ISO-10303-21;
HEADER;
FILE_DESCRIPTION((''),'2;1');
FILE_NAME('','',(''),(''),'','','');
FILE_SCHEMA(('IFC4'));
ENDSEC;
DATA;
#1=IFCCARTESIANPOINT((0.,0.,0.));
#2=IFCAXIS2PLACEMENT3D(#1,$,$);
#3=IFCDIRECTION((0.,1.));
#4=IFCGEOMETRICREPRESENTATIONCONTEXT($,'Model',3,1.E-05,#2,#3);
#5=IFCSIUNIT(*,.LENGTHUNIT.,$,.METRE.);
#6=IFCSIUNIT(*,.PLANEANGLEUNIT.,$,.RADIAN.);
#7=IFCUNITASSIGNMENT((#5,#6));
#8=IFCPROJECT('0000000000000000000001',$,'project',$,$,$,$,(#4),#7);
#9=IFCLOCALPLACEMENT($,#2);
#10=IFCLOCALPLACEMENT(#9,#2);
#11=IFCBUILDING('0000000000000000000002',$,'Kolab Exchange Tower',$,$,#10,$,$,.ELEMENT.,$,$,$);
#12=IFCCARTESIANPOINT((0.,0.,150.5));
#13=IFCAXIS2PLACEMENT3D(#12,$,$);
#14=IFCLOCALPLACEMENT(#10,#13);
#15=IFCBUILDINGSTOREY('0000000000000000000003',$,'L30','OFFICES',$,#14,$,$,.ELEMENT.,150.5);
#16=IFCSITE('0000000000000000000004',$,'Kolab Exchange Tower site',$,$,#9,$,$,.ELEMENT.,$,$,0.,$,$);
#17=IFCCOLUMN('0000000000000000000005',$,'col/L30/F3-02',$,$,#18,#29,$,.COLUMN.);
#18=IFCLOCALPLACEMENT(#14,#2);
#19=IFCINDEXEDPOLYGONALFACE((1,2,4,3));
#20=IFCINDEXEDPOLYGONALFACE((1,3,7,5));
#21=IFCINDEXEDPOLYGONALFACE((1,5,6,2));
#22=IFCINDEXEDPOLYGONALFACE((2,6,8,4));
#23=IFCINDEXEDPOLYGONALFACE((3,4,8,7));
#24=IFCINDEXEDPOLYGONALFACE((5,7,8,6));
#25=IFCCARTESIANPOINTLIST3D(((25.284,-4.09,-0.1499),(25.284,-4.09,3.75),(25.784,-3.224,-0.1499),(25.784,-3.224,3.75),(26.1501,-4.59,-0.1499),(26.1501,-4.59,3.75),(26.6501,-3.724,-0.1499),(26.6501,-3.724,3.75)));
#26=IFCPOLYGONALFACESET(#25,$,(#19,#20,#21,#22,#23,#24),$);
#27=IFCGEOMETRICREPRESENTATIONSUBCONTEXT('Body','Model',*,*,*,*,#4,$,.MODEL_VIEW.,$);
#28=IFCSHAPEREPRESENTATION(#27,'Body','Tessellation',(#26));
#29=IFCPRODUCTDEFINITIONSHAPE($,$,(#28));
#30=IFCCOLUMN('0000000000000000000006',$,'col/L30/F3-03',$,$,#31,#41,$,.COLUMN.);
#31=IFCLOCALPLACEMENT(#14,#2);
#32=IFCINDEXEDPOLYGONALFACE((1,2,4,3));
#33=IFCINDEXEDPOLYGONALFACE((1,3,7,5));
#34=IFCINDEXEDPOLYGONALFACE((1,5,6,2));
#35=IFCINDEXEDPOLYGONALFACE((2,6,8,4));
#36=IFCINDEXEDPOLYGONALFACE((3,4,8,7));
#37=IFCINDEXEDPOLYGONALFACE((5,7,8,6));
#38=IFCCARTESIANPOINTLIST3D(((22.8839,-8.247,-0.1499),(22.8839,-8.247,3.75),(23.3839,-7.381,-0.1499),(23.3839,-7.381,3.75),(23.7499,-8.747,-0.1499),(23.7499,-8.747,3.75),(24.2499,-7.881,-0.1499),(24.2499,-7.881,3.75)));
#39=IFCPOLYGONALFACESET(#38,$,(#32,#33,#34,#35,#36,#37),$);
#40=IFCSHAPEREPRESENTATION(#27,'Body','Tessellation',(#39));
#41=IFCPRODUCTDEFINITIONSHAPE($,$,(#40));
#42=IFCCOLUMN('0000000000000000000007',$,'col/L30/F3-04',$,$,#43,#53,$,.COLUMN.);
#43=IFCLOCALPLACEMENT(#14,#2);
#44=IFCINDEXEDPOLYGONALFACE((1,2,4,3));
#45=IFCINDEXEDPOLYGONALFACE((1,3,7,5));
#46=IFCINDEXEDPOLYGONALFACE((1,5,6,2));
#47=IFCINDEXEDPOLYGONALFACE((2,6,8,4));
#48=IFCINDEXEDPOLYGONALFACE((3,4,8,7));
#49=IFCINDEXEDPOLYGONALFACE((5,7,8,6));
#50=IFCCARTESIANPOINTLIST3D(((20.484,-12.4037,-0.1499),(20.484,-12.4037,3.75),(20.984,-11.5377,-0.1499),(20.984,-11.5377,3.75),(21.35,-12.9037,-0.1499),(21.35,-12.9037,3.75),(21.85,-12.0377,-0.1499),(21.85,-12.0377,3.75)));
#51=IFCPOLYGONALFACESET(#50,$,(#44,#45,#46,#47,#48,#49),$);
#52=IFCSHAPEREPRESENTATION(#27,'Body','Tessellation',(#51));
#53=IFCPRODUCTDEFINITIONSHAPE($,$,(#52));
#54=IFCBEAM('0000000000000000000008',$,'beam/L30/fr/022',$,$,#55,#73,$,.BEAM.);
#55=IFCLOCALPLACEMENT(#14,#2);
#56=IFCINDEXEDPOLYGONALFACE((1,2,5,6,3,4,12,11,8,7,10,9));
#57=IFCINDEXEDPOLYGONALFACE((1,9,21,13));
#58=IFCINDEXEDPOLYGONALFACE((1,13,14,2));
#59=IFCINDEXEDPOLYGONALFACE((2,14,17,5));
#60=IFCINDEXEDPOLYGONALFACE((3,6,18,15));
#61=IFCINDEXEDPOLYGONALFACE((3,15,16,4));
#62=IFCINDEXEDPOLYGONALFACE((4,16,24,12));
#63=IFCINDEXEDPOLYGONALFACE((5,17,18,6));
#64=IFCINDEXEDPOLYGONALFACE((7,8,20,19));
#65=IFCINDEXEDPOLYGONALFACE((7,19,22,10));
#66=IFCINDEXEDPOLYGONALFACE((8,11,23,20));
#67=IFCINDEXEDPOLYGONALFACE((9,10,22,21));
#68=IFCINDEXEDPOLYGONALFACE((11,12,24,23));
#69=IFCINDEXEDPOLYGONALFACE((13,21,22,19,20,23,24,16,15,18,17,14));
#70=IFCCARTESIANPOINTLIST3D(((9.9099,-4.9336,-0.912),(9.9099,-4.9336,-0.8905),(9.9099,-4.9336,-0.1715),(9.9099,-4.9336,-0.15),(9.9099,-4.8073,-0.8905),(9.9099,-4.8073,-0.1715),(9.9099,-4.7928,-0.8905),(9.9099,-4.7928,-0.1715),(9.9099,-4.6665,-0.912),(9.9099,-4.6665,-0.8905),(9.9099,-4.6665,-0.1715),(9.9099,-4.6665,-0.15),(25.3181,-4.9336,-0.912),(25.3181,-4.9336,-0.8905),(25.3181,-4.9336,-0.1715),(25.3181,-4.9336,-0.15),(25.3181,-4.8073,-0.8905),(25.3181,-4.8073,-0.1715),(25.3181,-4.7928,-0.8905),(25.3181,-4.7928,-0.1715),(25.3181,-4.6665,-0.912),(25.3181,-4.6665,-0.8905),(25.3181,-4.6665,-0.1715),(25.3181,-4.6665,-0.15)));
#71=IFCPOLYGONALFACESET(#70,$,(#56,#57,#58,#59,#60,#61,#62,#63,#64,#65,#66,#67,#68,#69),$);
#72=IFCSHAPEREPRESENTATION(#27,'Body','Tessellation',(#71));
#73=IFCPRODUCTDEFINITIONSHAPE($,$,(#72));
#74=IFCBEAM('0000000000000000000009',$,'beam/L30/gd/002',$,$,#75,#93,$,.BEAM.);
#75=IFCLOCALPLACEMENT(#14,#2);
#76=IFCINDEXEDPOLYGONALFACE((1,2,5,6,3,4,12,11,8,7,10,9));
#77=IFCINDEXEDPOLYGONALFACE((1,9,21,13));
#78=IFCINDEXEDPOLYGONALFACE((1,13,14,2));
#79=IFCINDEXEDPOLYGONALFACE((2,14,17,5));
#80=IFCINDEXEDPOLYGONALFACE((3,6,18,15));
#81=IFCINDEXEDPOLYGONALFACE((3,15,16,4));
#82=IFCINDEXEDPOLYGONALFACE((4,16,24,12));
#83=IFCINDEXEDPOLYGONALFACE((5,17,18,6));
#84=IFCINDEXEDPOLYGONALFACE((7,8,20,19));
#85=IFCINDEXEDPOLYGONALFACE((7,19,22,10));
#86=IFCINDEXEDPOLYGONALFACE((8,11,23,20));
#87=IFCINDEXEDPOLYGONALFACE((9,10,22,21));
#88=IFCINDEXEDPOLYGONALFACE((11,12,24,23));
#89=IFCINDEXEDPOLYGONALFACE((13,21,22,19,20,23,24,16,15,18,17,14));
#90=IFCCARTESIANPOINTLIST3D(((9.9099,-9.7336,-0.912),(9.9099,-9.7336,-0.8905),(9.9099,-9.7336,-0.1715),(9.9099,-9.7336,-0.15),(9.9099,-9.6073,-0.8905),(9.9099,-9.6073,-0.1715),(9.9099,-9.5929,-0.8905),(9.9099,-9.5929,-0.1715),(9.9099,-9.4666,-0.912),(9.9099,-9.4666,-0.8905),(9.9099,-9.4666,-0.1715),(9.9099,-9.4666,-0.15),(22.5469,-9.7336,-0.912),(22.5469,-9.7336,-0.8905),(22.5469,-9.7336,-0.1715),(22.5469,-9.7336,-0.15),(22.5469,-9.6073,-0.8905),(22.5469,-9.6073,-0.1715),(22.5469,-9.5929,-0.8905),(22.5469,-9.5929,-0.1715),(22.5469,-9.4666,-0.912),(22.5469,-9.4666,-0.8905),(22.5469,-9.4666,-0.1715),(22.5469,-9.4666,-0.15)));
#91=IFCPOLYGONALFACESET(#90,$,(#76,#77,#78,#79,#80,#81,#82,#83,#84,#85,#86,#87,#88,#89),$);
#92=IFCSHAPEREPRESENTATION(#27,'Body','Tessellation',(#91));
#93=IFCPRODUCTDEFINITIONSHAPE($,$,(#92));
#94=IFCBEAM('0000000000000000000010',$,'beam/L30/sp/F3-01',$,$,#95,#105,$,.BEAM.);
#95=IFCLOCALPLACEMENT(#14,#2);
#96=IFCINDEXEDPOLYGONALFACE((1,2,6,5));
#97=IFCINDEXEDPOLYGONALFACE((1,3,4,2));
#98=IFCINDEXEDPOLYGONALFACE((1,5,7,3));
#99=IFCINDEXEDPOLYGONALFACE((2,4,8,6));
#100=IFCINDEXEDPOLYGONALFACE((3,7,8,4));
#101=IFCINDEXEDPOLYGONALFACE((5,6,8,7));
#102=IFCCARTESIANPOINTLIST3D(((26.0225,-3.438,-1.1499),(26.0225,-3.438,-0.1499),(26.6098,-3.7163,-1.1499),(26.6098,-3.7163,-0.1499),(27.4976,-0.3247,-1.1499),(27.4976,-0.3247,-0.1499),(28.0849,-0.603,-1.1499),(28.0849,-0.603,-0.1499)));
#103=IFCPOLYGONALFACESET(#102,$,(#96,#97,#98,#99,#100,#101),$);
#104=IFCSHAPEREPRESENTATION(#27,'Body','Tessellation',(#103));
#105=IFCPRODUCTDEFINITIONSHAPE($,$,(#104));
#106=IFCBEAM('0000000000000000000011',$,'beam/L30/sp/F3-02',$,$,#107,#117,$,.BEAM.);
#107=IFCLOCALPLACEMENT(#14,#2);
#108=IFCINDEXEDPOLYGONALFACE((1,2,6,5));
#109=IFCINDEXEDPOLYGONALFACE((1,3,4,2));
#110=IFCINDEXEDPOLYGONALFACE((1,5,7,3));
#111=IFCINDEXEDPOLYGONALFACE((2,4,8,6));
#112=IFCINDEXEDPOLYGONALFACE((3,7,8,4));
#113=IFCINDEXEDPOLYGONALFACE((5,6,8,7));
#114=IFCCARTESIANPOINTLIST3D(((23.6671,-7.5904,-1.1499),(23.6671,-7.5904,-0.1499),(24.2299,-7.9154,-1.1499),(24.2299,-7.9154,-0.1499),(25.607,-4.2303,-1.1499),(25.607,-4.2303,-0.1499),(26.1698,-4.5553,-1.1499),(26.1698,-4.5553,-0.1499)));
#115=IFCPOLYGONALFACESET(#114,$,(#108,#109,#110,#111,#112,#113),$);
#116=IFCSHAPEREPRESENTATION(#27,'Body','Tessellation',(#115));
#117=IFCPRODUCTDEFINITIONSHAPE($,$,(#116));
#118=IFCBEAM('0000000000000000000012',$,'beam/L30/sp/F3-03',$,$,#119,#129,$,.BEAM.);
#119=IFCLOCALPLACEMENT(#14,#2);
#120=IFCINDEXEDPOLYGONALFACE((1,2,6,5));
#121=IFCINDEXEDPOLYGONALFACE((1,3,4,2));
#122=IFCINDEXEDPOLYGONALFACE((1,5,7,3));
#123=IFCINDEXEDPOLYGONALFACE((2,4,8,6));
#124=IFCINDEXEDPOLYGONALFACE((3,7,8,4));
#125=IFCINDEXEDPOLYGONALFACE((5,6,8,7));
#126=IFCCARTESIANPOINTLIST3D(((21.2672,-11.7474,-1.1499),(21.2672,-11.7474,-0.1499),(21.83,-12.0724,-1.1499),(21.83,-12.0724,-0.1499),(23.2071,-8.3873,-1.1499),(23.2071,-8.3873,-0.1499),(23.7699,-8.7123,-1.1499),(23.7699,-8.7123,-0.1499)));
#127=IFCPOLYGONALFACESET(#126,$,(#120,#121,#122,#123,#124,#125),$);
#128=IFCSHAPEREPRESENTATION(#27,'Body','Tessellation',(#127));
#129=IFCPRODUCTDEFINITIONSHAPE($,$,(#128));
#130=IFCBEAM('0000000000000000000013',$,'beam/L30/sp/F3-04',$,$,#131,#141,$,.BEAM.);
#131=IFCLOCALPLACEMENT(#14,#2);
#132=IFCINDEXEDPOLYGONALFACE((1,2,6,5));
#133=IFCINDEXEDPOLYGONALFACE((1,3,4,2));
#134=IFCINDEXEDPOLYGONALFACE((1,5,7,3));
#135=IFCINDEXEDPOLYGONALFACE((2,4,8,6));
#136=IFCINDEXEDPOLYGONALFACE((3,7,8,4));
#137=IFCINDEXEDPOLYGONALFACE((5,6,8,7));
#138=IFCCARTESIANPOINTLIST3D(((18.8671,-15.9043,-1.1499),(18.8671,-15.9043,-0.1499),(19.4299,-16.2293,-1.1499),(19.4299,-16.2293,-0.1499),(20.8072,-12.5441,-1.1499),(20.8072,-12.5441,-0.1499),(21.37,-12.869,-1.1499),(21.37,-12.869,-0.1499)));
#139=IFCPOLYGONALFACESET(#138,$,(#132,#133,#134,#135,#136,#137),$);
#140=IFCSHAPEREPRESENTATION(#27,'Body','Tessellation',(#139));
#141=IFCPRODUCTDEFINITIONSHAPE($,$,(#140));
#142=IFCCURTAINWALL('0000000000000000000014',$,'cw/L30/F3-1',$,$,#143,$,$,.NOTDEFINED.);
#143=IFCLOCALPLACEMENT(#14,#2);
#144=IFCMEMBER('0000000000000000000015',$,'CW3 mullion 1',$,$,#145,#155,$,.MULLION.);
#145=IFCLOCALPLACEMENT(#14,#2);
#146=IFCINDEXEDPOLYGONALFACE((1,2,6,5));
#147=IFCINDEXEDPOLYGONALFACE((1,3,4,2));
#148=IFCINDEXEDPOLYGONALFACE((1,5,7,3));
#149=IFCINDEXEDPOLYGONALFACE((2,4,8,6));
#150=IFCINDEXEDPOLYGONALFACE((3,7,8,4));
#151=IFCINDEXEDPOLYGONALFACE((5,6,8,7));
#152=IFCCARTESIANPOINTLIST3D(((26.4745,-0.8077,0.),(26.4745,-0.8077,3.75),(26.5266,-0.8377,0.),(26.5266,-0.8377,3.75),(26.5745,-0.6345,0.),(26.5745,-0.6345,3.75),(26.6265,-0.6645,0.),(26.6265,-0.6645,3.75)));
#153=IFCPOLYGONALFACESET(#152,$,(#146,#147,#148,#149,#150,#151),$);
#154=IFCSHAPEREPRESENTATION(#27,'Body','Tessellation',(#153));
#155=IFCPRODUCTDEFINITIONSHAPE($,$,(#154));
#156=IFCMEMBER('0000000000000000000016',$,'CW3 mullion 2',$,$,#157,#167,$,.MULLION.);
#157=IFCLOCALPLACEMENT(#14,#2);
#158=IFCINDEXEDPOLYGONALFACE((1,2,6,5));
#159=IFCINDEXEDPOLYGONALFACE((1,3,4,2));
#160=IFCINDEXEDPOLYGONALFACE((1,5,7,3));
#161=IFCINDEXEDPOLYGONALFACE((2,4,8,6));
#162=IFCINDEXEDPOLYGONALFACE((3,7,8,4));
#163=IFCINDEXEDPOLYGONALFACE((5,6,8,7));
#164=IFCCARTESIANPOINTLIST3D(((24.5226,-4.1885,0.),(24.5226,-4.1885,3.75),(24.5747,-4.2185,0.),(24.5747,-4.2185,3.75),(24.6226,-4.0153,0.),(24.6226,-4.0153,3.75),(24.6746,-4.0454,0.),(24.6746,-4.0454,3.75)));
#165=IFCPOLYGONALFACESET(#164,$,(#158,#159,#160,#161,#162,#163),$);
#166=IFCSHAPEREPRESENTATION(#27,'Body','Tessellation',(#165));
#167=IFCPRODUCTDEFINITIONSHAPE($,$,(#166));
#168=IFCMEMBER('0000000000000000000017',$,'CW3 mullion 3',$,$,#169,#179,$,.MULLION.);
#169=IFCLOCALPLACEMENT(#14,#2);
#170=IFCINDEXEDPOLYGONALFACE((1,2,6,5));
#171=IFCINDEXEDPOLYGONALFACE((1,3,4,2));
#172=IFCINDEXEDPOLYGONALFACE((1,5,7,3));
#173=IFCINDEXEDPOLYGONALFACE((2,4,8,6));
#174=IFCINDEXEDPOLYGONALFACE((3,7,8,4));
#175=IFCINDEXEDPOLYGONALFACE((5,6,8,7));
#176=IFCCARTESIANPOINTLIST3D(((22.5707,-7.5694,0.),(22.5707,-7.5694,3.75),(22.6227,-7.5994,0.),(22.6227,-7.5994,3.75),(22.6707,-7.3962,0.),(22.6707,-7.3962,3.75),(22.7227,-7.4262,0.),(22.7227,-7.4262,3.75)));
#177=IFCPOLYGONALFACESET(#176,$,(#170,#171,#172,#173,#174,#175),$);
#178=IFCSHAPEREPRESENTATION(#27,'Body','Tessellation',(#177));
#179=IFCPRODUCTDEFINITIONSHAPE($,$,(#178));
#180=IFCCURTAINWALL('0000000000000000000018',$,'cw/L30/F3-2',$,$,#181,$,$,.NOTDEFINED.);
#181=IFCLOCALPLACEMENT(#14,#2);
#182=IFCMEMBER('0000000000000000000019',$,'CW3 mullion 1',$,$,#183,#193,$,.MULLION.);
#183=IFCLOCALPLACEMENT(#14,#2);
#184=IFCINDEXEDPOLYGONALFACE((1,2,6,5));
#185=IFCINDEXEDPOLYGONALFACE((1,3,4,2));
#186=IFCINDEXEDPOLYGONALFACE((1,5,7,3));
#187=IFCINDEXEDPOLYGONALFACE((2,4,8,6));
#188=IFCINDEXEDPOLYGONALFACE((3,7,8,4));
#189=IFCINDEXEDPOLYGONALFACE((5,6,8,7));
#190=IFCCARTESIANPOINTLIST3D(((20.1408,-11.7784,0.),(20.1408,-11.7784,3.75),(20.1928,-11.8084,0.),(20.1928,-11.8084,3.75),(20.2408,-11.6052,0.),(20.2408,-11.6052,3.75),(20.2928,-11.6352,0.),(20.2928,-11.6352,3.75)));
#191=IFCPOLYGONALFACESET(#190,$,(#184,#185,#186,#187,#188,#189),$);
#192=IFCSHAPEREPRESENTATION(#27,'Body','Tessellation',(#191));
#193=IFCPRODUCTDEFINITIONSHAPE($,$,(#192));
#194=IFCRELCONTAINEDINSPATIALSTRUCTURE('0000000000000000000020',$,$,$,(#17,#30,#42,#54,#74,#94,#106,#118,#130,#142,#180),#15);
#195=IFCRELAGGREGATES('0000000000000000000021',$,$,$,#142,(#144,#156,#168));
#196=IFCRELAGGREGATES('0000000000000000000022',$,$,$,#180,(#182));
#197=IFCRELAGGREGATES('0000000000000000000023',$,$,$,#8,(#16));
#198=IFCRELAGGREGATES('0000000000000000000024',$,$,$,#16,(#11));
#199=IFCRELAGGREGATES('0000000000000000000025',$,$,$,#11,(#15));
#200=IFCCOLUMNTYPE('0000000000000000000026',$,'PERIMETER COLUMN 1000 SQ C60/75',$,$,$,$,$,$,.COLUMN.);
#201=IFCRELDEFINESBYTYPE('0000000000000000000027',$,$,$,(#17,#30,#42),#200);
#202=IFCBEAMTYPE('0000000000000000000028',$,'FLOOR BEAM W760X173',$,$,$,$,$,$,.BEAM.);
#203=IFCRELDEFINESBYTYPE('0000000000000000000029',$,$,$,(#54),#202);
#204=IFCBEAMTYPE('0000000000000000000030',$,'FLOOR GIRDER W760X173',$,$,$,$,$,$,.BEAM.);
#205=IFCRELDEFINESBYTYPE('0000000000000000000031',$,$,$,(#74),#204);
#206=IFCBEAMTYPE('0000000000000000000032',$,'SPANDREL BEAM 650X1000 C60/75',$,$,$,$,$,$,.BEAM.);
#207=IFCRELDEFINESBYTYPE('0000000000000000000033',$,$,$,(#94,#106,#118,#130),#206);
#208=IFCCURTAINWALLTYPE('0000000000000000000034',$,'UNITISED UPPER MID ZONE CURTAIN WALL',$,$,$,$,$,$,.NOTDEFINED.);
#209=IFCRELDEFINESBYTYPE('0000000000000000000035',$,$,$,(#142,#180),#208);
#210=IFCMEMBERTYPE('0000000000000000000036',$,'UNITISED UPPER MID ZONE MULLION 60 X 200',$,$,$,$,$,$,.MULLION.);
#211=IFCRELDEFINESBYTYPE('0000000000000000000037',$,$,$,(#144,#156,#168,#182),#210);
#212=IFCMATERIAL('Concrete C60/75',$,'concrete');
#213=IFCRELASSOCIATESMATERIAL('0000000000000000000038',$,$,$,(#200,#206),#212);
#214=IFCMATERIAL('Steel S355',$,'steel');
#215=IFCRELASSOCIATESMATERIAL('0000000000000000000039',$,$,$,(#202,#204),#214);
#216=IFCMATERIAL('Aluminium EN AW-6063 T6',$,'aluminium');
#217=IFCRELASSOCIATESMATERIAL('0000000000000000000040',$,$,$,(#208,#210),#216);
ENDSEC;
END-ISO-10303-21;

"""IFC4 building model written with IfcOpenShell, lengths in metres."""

from ifc_helpers import new_model, si_unit, direction, frame, origin, origin_2d, place, context, subcontext, project, spatial, rectangle, i_section, extrude, material, material_profile, profile_set, type_object, element, aggregate, save


model = new_model("IFC4")

# Units and contexts
model_context = context("Model", 3, precision=1e-05, world=origin(), true_north=direction((0.0, 1.0)))
body_context = subcontext(model_context, "Body", "Model", "MODEL_VIEW")
ifc_project = project(units=[si_unit("LENGTHUNIT", "METRE"), si_unit("PLANEANGLEUNIT", "RADIAN")], contexts=[model_context])

# Site, building, storey
site_placement = place(None, origin())
site = spatial("IfcSite", under=ifc_project, at=site_placement, Name="Kolab Exchange Tower site", CompositionType="ELEMENT", RefElevation=0.0)
building_placement = place(site_placement, origin())
building = spatial("IfcBuilding", under=site, at=building_placement, Name="Kolab Exchange Tower", CompositionType="ELEMENT")
storey_placement = place(building_placement, frame((0.0, 0.0, 150.5)))
storey = spatial("IfcBuildingStorey", under=building, at=storey_placement, Name="L30", Description="OFFICES", CompositionType="ELEMENT", Elevation=150.5)

# Columns
ifc_material_1 = material(Name="Concrete C60/75", Category="concrete")
ifc_material_profile_1 = material_profile(ifc_material_1, rectangle(XDim=1.0, YDim=1.0, at=origin_2d()), Name="RC1000")
ifc_profile_set_1 = profile_set([ifc_material_profile_1], Name="Concrete C60/75")
column_type = type_object("IfcColumnType", Name="PERIMETER COLUMN 1000 SQ C60/75", PredefinedType="COLUMN", material=ifc_profile_set_1)
for number, where, z_axis, x_axis, name in (
    (1, (25.967, -3.907, -0.1499), (0.0, 0.0, 1.0), (0.5, 0.866025, 0.0), "col/L30/F3-02"),
    (2, (23.5669, -8.064, -0.1499), (0.0, 0.0, 1.0), (0.5, 0.866025, 0.0), "col/L30/F3-03"),
    (3, (21.167, -12.2207, -0.1499), (0.0, 0.0, 1.0), (0.5, 0.866025, 0.0), "col/L30/F3-04"),
):
    element("IfcColumn", number, at=place(storey_placement, frame(where, z_axis=z_axis, x_axis=x_axis)), inside=storey, type_object=column_type, Name=name, PredefinedType="COLUMN", context=body_context, shape_type="SweptSolid", body=[
        extrude(rectangle(XDim=1.0, YDim=1.0, at=origin_2d()), origin(), (0.0, 0.0, 1.0), 3.8999),
    ])

# Beams
ifc_material_2 = material(Name="Steel S355", Category="steel")
ifc_material_profile_2 = material_profile(ifc_material_2, i_section(OverallWidth=0.2671, OverallDepth=0.762, WebThickness=0.0144, FlangeThickness=0.0215, at=origin_2d()), Name="W760X173")
ifc_profile_set_2 = profile_set([ifc_material_profile_2], Name="Steel S355")
beam_type_1 = type_object("IfcBeamType", Name="FLOOR BEAM W760X173", PredefinedType="BEAM", material=ifc_profile_set_2)
beam_1_placement = place(storey_placement, frame((9.9099, -4.8, -0.531), z_axis=(1.0, 0.0, 0.0), x_axis=(0.0, 1.0, 0.0)))
element("IfcBeam", 4, at=beam_1_placement, inside=storey, type_object=beam_type_1, Name="beam/L30/fr/022", PredefinedType="BEAM", context=body_context, shape_type="SweptSolid", body=[
    extrude(i_section(OverallWidth=0.2671, OverallDepth=0.762, WebThickness=0.0144, FlangeThickness=0.0215, at=origin_2d()), origin(), (0.0, 0.0, 1.0), 15.4082),
])
ifc_material_profile_3 = material_profile(ifc_material_2, i_section(OverallWidth=0.2671, OverallDepth=0.762, WebThickness=0.0144, FlangeThickness=0.0215, at=origin_2d()), Name="W760X173")
ifc_profile_set_3 = profile_set([ifc_material_profile_3], Name="Steel S355")
beam_type_2 = type_object("IfcBeamType", Name="FLOOR GIRDER W760X173", PredefinedType="BEAM", material=ifc_profile_set_3)
beam_2_placement = place(storey_placement, frame((9.9099, -9.6001, -0.531), z_axis=(1.0, 0.0, 0.0), x_axis=(0.0, 1.0, 0.0)))
element("IfcBeam", 5, at=beam_2_placement, inside=storey, type_object=beam_type_2, Name="beam/L30/gd/002", PredefinedType="BEAM", context=body_context, shape_type="SweptSolid", body=[
    extrude(i_section(OverallWidth=0.2671, OverallDepth=0.762, WebThickness=0.0144, FlangeThickness=0.0215, at=origin_2d()), origin(), (0.0, 0.0, 1.0), 12.637),
])
ifc_material_profile_4 = material_profile(ifc_material_1, rectangle(XDim=0.6499, YDim=1.0, at=origin_2d()), Name="RC650X1000")
ifc_profile_set_4 = profile_set([ifc_material_profile_4], Name="Concrete C60/75")
beam_type_3 = type_object("IfcBeamType", Name="SPANDREL BEAM 650X1000 C60/75", PredefinedType="BEAM", material=ifc_profile_set_4)
beam_3_placement = place(storey_placement, frame((27.7913, -0.4639, -0.6499), z_axis=(-0.428178, -0.903695, 0.0), x_axis=(0.903695, -0.428178, 0.0)))
element("IfcBeam", 6, at=beam_3_placement, inside=storey, type_object=beam_type_3, Name="beam/L30/sp/F3-01", PredefinedType="BEAM", context=body_context, shape_type="SweptSolid", body=[
    extrude(rectangle(XDim=0.6499, YDim=1.0, at=origin_2d()), origin(), (0.0, 0.0, 1.0), 3.4451),
])
for number, where, z_axis, x_axis, name in (
    (7, (25.8884, -4.3928, -0.6499), (-0.499997, -0.866027, 0.0), (0.866027, -0.499997, 0.0), "beam/L30/sp/F3-02"),
    (8, (23.4885, -8.5498, -0.6499), (-0.499997, -0.866027, 0.0), (0.866027, -0.499997, 0.0), "beam/L30/sp/F3-03"),
):
    element("IfcBeam", number, at=place(storey_placement, frame(where, z_axis=z_axis, x_axis=x_axis)), inside=storey, type_object=beam_type_3, Name=name, PredefinedType="BEAM", context=body_context, shape_type="SweptSolid", body=[
        extrude(rectangle(XDim=0.6499, YDim=1.0, at=origin_2d()), origin(), (0.0, 0.0, 1.0), 3.8799),
    ])
beam_4_placement = place(storey_placement, frame((21.0886, -12.7065, -0.6499), z_axis=(-0.500017, -0.866016, 0.0), x_axis=(0.866016, -0.500017, 0.0)))
element("IfcBeam", 9, at=beam_4_placement, inside=storey, type_object=beam_type_3, Name="beam/L30/sp/F3-04", PredefinedType="BEAM", context=body_context, shape_type="SweptSolid", body=[
    extrude(rectangle(XDim=0.6499, YDim=1.0, at=origin_2d()), origin(), (0.0, 0.0, 1.0), 3.8801),
])

# Curtain walls, members
ifc_material_3 = material(Name="Aluminium EN AW-6063 T6", Category="aluminium")
curtain_wall_type = type_object("IfcCurtainWallType", Name="UNITISED UPPER MID ZONE CURTAIN WALL", PredefinedType="NOTDEFINED", material=ifc_material_3)
curtain_wall_1_placement = place(storey_placement, origin())
curtain_wall_1 = element("IfcCurtainWall", 10, at=curtain_wall_1_placement, inside=storey, type_object=curtain_wall_type, Name="cw/L30/F3-1", PredefinedType="NOTDEFINED")
ifc_material_profile_5 = material_profile(ifc_material_3, rectangle(XDim=0.0601, YDim=0.2, at=origin_2d()), Name="RECT 60X200")
ifc_profile_set_5 = profile_set([ifc_material_profile_5], Name="Aluminium EN AW-6063 T6")
member_type_1 = type_object("IfcMemberType", Name="UNITISED UPPER MID ZONE MULLION 60 X 200", PredefinedType="MULLION", material=ifc_profile_set_5)
member_1_placement = place(storey_placement, frame((26.5505, -0.7361, 0.0), z_axis=(0.0, 0.0, 1.0), x_axis=(0.866025, -0.5, 0.0)))
member_1 = element("IfcMember", 11, at=member_1_placement, type_object=member_type_1, Name="CW3 mullion 1", PredefinedType="MULLION", context=body_context, shape_type="SweptSolid", body=[
    extrude(rectangle(XDim=0.0601, YDim=0.2, at=origin_2d()), origin(), (0.0, 0.0, 1.0), 3.75),
])
member_2_placement = place(storey_placement, frame((24.5986, -4.1169, 0.0), z_axis=(0.0, 0.0, 1.0), x_axis=(0.866025, -0.5, 0.0)))
member_2 = element("IfcMember", 12, at=member_2_placement, type_object=member_type_1, Name="CW3 mullion 2", PredefinedType="MULLION", context=body_context, shape_type="SweptSolid", body=[
    extrude(rectangle(XDim=0.0601, YDim=0.2, at=origin_2d()), origin(), (0.0, 0.0, 1.0), 3.75),
])
member_3_placement = place(storey_placement, frame((22.6467, -7.4978, 0.0), z_axis=(0.0, 0.0, 1.0), x_axis=(0.866025, -0.5, 0.0)))
member_3 = element("IfcMember", 13, at=member_3_placement, type_object=member_type_1, Name="CW3 mullion 3", PredefinedType="MULLION", context=body_context, shape_type="SweptSolid", body=[
    extrude(rectangle(XDim=0.0601, YDim=0.2, at=origin_2d()), origin(), (0.0, 0.0, 1.0), 3.75),
])
curtain_wall_2_placement = place(storey_placement, origin())
curtain_wall_2 = element("IfcCurtainWall", 14, at=curtain_wall_2_placement, inside=storey, type_object=curtain_wall_type, Name="cw/L30/F3-2", PredefinedType="NOTDEFINED")
member_4_placement = place(storey_placement, frame((20.2168, -11.7068, 0.0), z_axis=(0.0, 0.0, 1.0), x_axis=(0.866025, -0.5, 0.0)))
member_4 = element("IfcMember", 15, at=member_4_placement, type_object=member_type_1, Name="CW3 mullion 1", PredefinedType="MULLION", context=body_context, shape_type="SweptSolid", body=[
    extrude(rectangle(XDim=0.0601, YDim=0.2, at=origin_2d()), origin(), (0.0, 0.0, 1.0), 3.75),
])

aggregate(curtain_wall_1, [member_1, member_2, member_3])
aggregate(curtain_wall_2, [member_4])

save(model, "model.ifc")
